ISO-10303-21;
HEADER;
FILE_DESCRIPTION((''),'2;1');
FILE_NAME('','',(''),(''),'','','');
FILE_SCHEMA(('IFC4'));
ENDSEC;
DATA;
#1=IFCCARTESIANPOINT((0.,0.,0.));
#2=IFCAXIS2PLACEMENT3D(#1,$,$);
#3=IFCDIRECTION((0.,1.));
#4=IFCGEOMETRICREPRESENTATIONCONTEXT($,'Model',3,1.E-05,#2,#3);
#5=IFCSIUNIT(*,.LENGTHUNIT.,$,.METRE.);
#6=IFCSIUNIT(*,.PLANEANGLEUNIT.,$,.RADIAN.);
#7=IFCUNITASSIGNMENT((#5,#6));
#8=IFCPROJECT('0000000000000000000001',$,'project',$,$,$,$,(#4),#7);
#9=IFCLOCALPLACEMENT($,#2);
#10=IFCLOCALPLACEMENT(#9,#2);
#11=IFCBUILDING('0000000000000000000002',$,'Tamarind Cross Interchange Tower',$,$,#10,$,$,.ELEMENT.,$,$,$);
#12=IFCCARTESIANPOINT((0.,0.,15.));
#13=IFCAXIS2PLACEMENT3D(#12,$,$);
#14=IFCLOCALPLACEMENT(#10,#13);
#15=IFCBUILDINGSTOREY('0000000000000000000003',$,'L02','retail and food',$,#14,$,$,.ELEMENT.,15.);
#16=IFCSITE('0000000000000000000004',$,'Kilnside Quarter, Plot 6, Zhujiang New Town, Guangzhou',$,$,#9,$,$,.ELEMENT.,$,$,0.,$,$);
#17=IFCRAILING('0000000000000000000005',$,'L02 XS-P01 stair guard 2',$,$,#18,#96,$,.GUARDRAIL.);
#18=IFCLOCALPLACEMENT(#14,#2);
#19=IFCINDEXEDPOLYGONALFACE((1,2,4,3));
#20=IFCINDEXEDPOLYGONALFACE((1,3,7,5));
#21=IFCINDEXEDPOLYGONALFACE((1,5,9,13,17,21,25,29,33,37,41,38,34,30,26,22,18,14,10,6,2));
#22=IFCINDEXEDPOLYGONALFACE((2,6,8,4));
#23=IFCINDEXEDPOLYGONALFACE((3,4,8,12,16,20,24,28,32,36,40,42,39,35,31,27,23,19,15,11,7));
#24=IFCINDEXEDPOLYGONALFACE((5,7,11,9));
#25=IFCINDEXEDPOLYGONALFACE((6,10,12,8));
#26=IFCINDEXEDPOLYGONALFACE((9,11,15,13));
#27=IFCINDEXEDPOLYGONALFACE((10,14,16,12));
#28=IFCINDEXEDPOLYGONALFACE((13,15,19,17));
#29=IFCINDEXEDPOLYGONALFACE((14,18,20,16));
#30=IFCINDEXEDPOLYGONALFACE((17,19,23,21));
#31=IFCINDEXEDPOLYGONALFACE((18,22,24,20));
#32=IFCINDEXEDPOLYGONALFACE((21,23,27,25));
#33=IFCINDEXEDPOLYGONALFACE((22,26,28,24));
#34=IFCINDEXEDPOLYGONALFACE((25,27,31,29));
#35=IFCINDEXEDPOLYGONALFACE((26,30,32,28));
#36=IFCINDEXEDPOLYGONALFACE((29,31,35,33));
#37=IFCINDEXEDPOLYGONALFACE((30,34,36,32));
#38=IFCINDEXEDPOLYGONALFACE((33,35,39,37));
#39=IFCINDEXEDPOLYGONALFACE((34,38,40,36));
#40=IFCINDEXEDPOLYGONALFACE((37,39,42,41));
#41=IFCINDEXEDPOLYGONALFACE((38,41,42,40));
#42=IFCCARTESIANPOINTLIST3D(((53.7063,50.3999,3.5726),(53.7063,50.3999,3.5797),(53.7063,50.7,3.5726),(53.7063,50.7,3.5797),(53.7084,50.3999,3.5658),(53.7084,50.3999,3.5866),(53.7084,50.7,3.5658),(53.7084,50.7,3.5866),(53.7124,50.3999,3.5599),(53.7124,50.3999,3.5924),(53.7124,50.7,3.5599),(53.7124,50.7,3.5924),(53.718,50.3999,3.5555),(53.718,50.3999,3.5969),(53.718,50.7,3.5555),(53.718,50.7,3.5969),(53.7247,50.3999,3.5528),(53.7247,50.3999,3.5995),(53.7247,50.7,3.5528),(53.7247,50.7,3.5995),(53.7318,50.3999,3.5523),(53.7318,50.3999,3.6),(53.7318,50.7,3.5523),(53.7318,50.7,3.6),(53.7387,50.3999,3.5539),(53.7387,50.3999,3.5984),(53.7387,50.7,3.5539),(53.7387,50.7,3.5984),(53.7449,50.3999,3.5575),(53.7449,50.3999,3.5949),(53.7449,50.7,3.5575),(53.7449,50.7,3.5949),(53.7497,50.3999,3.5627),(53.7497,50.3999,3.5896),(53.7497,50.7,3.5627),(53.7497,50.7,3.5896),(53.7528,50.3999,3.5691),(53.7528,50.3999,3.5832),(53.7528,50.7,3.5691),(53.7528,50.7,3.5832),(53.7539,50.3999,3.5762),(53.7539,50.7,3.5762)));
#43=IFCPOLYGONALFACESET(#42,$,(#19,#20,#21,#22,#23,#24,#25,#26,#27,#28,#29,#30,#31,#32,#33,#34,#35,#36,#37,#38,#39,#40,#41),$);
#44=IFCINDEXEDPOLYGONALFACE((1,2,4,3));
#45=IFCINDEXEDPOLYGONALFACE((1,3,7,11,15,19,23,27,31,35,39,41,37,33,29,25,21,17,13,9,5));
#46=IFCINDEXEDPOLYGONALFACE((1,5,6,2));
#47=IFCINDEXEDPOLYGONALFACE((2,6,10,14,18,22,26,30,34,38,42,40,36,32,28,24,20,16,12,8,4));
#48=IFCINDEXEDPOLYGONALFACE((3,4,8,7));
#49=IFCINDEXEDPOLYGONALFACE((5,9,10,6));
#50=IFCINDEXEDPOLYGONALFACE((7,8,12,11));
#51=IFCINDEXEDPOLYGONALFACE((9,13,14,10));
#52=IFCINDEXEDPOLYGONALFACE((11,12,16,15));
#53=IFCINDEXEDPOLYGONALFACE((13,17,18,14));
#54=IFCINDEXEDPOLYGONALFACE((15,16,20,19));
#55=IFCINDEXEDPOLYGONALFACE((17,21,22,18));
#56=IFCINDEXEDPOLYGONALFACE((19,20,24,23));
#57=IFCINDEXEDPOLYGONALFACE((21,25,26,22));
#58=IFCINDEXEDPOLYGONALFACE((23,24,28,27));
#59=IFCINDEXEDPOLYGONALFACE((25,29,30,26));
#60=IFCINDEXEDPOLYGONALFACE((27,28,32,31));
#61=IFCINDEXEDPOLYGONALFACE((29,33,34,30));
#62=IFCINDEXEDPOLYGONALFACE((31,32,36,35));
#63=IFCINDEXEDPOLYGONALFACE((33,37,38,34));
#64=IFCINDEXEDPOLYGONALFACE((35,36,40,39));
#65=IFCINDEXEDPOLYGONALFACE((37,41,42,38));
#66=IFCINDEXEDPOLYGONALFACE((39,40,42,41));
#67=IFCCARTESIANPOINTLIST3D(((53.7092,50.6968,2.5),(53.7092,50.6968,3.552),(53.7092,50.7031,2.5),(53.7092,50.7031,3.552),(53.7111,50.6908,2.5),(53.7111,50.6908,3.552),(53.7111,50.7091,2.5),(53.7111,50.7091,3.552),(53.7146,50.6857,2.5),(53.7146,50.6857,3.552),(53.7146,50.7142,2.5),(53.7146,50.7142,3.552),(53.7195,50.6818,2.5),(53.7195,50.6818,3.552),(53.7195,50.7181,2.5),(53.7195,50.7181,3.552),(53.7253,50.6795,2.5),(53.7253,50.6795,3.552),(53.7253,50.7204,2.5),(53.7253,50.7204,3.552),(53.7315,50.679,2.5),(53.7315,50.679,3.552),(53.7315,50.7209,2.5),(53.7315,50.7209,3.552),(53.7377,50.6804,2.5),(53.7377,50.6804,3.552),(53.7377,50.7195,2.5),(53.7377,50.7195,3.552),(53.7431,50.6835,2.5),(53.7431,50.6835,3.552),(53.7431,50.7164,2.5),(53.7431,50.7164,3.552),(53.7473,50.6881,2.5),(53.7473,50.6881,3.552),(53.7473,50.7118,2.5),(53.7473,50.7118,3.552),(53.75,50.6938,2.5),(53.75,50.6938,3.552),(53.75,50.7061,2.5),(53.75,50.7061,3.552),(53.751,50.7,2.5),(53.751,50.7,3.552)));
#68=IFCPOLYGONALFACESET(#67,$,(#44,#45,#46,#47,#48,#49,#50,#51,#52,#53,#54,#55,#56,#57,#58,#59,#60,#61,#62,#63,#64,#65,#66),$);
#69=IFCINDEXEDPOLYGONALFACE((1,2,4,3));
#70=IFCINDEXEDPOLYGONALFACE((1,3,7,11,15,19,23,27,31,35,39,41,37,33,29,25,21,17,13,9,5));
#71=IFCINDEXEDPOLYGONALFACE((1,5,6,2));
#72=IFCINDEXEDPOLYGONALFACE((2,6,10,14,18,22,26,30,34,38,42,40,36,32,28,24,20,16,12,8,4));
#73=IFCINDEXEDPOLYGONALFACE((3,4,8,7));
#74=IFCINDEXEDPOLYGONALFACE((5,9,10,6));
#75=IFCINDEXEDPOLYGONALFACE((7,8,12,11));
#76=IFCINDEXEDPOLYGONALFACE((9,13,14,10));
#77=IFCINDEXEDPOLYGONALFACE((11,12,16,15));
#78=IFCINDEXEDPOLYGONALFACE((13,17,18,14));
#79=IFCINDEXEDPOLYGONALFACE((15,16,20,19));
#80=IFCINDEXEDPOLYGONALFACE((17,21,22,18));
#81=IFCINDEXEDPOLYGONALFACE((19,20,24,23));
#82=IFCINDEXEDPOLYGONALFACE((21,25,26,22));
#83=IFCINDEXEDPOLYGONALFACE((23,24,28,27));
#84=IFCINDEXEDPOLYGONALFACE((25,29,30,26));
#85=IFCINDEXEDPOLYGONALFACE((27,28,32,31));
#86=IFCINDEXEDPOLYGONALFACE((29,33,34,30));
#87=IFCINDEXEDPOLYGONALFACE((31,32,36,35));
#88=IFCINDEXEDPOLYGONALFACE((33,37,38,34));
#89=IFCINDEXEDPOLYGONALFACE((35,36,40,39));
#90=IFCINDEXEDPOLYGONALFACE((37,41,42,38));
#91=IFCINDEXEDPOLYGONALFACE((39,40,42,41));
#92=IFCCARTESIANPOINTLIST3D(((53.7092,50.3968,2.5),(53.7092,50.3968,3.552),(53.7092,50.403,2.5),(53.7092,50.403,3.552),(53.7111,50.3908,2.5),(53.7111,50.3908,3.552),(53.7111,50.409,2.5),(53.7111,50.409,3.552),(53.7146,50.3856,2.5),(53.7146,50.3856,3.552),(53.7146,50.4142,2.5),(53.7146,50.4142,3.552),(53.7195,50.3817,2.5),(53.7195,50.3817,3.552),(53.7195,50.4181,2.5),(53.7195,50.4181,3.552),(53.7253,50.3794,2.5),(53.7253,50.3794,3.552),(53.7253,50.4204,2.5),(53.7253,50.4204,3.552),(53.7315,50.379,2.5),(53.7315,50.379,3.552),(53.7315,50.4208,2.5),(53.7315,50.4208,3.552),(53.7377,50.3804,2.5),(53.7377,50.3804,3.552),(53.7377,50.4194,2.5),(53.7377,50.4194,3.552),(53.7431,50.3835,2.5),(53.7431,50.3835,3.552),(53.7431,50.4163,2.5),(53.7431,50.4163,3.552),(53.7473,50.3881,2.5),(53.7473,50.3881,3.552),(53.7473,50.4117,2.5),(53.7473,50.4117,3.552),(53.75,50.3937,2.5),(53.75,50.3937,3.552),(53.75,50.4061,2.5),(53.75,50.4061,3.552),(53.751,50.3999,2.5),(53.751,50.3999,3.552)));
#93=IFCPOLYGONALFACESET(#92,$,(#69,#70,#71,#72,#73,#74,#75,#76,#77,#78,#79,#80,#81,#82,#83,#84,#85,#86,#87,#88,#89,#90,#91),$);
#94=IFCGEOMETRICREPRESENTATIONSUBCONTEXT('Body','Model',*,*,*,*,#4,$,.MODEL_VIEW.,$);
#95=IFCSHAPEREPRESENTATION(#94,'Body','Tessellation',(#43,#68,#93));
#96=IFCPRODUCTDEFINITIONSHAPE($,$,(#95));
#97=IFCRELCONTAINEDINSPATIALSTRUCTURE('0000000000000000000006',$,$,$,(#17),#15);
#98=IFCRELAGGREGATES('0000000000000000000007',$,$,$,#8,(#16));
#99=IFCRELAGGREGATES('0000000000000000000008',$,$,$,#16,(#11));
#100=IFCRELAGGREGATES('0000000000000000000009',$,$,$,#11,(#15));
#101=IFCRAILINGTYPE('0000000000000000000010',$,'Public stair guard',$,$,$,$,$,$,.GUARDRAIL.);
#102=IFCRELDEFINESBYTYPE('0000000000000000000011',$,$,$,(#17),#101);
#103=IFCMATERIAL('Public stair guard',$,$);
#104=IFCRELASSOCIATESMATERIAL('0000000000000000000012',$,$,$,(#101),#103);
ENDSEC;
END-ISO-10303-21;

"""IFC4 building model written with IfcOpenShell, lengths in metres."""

from ifc_helpers import new_model, si_unit, direction, frame, origin, origin_2d, place, context, subcontext, project, spatial, circle, extrude, material, type_object, element, save


model = new_model("IFC4")

# Units and contexts
model_context = context("Model", 3, precision=1e-05, world=origin(), true_north=direction((0.0, 1.0)))
body_context = subcontext(model_context, "Body", "Model", "MODEL_VIEW")
ifc_project = project(units=[si_unit("LENGTHUNIT", "METRE"), si_unit("PLANEANGLEUNIT", "RADIAN")], contexts=[model_context])

# Site, building, storey
site_placement = place(None, origin())
site = spatial("IfcSite", under=ifc_project, at=site_placement, Name="Kilnside Quarter, Plot 6, Zhujiang New Town, Guangzhou", CompositionType="ELEMENT", RefElevation=0.0)
building_placement = place(site_placement, origin())
building = spatial("IfcBuilding", under=site, at=building_placement, Name="Tamarind Cross Interchange Tower", CompositionType="ELEMENT")
storey_placement = place(building_placement, frame((0.0, 0.0, 15.0)))
storey = spatial("IfcBuildingStorey", under=building, at=storey_placement, Name="L02", Description="retail and food", CompositionType="ELEMENT", Elevation=15.0)

# Railing
ifc_material_1 = material(Name="Public stair guard")
railing_type_1 = type_object("IfcRailingType", Name="Public stair guard", PredefinedType="GUARDRAIL", material=ifc_material_1)
railing_1_placement = place(storey_placement, frame((53.73, 50.7, 2.5)))
element("IfcRailing", 1, at=railing_1_placement, inside=storey, type_object=railing_type_1, Name="L02 XS-P01 stair guard 2", PredefinedType="GUARDRAIL", context=body_context, shape_type="SweptSolid", body=[
    extrude(circle(Radius=0.0239, at=origin_2d()), frame((0.0, 0.0, 1.0762), z_axis=(0.0, -1.0, 0.0), x_axis=(1.0, 0.0, 0.0)), (0.0, 0.0, 1.0), 0.3),
    extrude(circle(Radius=0.021, at=origin_2d()), origin(), (0.0, 0.0, 1.0), 1.052),
    extrude(circle(Radius=0.021, at=origin_2d()), frame((0.0, -0.3, 0.0)), (0.0, 0.0, 1.0), 1.052),
])

save(model, "model.ifc")
